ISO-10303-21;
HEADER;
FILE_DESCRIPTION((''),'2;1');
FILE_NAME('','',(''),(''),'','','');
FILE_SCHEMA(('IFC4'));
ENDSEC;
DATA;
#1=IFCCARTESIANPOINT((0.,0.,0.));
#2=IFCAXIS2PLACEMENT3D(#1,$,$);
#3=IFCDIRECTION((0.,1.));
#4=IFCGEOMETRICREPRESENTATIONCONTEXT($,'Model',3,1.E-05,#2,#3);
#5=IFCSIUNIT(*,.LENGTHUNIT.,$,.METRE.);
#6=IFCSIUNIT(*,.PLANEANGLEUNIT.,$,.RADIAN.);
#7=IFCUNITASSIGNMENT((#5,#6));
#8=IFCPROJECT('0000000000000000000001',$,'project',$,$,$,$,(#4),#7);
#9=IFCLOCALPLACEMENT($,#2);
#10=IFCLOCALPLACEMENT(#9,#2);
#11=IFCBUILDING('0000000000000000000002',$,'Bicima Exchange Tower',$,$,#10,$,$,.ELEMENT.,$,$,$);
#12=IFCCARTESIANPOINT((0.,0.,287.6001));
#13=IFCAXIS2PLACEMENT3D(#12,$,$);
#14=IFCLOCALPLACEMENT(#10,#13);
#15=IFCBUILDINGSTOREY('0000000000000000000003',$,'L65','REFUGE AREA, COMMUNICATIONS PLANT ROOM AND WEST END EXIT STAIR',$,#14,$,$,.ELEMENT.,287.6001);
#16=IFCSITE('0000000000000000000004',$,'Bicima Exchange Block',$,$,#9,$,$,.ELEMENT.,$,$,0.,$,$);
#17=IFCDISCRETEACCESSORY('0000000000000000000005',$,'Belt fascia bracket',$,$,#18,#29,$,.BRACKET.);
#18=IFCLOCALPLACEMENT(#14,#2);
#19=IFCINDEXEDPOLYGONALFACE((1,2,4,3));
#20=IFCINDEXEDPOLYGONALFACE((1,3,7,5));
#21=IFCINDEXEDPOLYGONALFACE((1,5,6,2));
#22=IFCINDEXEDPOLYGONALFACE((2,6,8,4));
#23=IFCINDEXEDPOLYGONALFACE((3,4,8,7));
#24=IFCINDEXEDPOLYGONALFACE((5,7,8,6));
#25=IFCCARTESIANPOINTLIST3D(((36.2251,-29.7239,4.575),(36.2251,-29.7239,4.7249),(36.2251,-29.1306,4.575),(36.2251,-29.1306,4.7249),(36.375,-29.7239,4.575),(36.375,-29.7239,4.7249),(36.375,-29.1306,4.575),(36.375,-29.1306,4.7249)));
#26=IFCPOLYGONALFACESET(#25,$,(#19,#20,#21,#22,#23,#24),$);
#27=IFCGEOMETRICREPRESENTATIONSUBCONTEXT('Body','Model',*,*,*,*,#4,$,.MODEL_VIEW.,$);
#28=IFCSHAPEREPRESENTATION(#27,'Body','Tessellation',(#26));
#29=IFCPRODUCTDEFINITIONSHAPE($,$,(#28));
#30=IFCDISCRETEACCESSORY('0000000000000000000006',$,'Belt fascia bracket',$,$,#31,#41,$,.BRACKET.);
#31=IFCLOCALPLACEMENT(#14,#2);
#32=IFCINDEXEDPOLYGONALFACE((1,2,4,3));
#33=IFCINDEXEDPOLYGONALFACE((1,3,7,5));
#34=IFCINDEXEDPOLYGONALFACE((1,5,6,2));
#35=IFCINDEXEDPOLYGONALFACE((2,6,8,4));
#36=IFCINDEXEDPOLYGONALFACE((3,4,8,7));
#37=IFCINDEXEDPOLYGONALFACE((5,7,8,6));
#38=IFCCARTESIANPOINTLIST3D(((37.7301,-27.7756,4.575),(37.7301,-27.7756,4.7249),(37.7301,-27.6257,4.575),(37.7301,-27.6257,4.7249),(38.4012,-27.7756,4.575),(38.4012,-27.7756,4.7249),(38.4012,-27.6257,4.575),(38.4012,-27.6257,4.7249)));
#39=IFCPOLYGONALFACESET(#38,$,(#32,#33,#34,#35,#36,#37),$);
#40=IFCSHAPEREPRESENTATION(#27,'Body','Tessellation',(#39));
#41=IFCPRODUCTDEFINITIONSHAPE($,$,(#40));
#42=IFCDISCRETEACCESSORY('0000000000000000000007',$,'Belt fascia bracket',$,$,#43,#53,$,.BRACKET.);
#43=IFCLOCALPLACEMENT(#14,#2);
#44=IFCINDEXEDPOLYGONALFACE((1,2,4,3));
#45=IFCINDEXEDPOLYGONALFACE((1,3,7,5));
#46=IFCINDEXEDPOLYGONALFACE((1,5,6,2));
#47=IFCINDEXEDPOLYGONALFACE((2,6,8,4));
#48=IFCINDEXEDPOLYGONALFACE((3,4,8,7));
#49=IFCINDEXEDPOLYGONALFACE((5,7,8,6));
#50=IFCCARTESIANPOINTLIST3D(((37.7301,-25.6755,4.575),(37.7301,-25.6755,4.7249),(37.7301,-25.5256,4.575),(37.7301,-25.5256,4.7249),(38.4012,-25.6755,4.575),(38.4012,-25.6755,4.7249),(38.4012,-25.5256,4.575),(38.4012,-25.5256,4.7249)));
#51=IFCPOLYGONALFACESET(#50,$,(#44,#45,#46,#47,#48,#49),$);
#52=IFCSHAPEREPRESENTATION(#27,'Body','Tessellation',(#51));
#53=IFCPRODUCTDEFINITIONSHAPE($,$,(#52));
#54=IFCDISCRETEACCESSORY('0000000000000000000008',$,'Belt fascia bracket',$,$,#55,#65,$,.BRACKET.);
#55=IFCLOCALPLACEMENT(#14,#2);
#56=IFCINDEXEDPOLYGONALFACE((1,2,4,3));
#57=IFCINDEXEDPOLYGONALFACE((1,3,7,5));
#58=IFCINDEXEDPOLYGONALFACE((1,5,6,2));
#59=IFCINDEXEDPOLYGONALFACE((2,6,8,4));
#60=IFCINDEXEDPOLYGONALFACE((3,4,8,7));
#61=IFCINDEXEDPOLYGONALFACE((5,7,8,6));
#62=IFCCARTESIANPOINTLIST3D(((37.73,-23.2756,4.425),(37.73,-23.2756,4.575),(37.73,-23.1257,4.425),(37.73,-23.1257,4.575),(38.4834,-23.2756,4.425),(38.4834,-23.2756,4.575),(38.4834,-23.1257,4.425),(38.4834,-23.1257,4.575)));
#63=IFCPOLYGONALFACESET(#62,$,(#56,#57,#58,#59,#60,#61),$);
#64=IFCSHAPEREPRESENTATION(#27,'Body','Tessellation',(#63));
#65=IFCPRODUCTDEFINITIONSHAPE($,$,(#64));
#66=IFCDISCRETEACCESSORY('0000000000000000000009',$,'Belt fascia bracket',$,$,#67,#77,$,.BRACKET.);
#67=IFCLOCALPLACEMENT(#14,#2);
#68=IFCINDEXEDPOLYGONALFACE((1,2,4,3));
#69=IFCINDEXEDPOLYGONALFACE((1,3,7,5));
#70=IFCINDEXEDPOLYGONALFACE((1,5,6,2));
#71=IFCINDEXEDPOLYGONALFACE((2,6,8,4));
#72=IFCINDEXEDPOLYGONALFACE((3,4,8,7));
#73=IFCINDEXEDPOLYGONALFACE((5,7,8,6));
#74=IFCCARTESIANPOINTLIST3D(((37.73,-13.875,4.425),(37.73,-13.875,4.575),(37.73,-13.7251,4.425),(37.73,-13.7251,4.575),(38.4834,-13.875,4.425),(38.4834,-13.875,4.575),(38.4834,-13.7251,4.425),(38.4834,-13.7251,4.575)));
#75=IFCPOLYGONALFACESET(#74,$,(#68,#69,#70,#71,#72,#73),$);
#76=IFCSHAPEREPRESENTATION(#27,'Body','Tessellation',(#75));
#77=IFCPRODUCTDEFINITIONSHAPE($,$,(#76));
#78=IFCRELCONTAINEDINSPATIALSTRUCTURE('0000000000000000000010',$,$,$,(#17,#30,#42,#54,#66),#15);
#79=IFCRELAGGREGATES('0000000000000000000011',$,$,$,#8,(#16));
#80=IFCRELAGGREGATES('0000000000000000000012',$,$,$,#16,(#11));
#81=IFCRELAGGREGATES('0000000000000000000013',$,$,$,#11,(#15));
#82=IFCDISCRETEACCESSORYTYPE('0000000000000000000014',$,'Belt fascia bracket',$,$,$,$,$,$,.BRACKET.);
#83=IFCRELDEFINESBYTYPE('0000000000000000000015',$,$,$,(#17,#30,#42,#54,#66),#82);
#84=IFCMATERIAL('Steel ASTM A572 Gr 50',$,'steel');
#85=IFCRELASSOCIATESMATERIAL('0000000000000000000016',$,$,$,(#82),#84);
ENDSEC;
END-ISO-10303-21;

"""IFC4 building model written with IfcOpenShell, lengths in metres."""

from ifc_helpers import new_model, si_unit, direction, frame, origin, origin_2d, place, context, subcontext, project, spatial, rectangle, extrude, material, type_object, element, save


model = new_model("IFC4")

# Units and contexts
model_context = context("Model", 3, precision=1e-05, world=origin(), true_north=direction((0.0, 1.0)))
body_context = subcontext(model_context, "Body", "Model", "MODEL_VIEW")
ifc_project = project(units=[si_unit("LENGTHUNIT", "METRE"), si_unit("PLANEANGLEUNIT", "RADIAN")], contexts=[model_context])

# Site, building, storey
site_placement = place(None, origin())
site = spatial("IfcSite", under=ifc_project, at=site_placement, Name="Bicima Exchange Block", CompositionType="ELEMENT", RefElevation=0.0)
building_placement = place(site_placement, origin())
building = spatial("IfcBuilding", under=site, at=building_placement, Name="Bicima Exchange Tower", CompositionType="ELEMENT")
storey_placement = place(building_placement, frame((0.0, 0.0, 287.6001)))
storey = spatial("IfcBuildingStorey", under=building, at=storey_placement, Name="L65", Description="REFUGE AREA, COMMUNICATIONS PLANT ROOM AND WEST END EXIT STAIR", CompositionType="ELEMENT", Elevation=287.6001)

# Shared definitions
ifc_material_1 = material(Name="Steel ASTM A572 Gr 50", Category="steel")

# Discrete accessories
discrete_accessory_type = type_object("IfcDiscreteAccessoryType", Name="Belt fascia bracket", PredefinedType="BRACKET", material=ifc_material_1)
for number, where, z_axis, x_axis, name in (
    (1, (36.3, -29.4272, 4.575), (0.0, 0.0, 1.0), (1.0, 0.0, 0.0), "Belt fascia bracket"),
):
    element("IfcDiscreteAccessory", number, at=place(storey_placement, frame(where, z_axis=z_axis, x_axis=x_axis)), inside=storey, type_object=discrete_accessory_type, Name=name, PredefinedType="BRACKET", context=body_context, shape_type="SweptSolid", body=[
        extrude(rectangle(XDim=0.1499, YDim=0.5933, at=origin_2d()), origin(), (0.0, 0.0, 1.0), 0.1499),
    ])
for number, where, z_axis, x_axis, name in (
    (2, (38.0657, -27.7007, 4.575), (0.0, 0.0, 1.0), (0.0, 1.0, 0.0), "Belt fascia bracket"),
    (3, (38.0657, -25.6006, 4.575), (0.0, 0.0, 1.0), (0.0, 1.0, 0.0), "Belt fascia bracket"),
):
    element("IfcDiscreteAccessory", number, at=place(storey_placement, frame(where, z_axis=z_axis, x_axis=x_axis)), inside=storey, type_object=discrete_accessory_type, Name=name, PredefinedType="BRACKET", context=body_context, shape_type="SweptSolid", body=[
        extrude(rectangle(XDim=0.1499, YDim=0.6711, at=origin_2d()), origin(), (0.0, 0.0, 1.0), 0.1499),
    ])
for number, where, z_axis, x_axis, name in (
    (4, (38.1067, -23.2007, 4.425), (0.0, 0.0, 1.0), (0.0, 1.0, 0.0), "Belt fascia bracket"),
    (5, (38.1067, -13.8, 4.425), (0.0, 0.0, 1.0), (0.0, 1.0, 0.0), "Belt fascia bracket"),
):
    element("IfcDiscreteAccessory", number, at=place(storey_placement, frame(where, z_axis=z_axis, x_axis=x_axis)), inside=storey, type_object=discrete_accessory_type, Name=name, PredefinedType="BRACKET", context=body_context, shape_type="SweptSolid", body=[
        extrude(rectangle(XDim=0.1499, YDim=0.7534, at=origin_2d()), origin(), (0.0, 0.0, 1.0), 0.1499),
    ])

save(model, "model.ifc")
